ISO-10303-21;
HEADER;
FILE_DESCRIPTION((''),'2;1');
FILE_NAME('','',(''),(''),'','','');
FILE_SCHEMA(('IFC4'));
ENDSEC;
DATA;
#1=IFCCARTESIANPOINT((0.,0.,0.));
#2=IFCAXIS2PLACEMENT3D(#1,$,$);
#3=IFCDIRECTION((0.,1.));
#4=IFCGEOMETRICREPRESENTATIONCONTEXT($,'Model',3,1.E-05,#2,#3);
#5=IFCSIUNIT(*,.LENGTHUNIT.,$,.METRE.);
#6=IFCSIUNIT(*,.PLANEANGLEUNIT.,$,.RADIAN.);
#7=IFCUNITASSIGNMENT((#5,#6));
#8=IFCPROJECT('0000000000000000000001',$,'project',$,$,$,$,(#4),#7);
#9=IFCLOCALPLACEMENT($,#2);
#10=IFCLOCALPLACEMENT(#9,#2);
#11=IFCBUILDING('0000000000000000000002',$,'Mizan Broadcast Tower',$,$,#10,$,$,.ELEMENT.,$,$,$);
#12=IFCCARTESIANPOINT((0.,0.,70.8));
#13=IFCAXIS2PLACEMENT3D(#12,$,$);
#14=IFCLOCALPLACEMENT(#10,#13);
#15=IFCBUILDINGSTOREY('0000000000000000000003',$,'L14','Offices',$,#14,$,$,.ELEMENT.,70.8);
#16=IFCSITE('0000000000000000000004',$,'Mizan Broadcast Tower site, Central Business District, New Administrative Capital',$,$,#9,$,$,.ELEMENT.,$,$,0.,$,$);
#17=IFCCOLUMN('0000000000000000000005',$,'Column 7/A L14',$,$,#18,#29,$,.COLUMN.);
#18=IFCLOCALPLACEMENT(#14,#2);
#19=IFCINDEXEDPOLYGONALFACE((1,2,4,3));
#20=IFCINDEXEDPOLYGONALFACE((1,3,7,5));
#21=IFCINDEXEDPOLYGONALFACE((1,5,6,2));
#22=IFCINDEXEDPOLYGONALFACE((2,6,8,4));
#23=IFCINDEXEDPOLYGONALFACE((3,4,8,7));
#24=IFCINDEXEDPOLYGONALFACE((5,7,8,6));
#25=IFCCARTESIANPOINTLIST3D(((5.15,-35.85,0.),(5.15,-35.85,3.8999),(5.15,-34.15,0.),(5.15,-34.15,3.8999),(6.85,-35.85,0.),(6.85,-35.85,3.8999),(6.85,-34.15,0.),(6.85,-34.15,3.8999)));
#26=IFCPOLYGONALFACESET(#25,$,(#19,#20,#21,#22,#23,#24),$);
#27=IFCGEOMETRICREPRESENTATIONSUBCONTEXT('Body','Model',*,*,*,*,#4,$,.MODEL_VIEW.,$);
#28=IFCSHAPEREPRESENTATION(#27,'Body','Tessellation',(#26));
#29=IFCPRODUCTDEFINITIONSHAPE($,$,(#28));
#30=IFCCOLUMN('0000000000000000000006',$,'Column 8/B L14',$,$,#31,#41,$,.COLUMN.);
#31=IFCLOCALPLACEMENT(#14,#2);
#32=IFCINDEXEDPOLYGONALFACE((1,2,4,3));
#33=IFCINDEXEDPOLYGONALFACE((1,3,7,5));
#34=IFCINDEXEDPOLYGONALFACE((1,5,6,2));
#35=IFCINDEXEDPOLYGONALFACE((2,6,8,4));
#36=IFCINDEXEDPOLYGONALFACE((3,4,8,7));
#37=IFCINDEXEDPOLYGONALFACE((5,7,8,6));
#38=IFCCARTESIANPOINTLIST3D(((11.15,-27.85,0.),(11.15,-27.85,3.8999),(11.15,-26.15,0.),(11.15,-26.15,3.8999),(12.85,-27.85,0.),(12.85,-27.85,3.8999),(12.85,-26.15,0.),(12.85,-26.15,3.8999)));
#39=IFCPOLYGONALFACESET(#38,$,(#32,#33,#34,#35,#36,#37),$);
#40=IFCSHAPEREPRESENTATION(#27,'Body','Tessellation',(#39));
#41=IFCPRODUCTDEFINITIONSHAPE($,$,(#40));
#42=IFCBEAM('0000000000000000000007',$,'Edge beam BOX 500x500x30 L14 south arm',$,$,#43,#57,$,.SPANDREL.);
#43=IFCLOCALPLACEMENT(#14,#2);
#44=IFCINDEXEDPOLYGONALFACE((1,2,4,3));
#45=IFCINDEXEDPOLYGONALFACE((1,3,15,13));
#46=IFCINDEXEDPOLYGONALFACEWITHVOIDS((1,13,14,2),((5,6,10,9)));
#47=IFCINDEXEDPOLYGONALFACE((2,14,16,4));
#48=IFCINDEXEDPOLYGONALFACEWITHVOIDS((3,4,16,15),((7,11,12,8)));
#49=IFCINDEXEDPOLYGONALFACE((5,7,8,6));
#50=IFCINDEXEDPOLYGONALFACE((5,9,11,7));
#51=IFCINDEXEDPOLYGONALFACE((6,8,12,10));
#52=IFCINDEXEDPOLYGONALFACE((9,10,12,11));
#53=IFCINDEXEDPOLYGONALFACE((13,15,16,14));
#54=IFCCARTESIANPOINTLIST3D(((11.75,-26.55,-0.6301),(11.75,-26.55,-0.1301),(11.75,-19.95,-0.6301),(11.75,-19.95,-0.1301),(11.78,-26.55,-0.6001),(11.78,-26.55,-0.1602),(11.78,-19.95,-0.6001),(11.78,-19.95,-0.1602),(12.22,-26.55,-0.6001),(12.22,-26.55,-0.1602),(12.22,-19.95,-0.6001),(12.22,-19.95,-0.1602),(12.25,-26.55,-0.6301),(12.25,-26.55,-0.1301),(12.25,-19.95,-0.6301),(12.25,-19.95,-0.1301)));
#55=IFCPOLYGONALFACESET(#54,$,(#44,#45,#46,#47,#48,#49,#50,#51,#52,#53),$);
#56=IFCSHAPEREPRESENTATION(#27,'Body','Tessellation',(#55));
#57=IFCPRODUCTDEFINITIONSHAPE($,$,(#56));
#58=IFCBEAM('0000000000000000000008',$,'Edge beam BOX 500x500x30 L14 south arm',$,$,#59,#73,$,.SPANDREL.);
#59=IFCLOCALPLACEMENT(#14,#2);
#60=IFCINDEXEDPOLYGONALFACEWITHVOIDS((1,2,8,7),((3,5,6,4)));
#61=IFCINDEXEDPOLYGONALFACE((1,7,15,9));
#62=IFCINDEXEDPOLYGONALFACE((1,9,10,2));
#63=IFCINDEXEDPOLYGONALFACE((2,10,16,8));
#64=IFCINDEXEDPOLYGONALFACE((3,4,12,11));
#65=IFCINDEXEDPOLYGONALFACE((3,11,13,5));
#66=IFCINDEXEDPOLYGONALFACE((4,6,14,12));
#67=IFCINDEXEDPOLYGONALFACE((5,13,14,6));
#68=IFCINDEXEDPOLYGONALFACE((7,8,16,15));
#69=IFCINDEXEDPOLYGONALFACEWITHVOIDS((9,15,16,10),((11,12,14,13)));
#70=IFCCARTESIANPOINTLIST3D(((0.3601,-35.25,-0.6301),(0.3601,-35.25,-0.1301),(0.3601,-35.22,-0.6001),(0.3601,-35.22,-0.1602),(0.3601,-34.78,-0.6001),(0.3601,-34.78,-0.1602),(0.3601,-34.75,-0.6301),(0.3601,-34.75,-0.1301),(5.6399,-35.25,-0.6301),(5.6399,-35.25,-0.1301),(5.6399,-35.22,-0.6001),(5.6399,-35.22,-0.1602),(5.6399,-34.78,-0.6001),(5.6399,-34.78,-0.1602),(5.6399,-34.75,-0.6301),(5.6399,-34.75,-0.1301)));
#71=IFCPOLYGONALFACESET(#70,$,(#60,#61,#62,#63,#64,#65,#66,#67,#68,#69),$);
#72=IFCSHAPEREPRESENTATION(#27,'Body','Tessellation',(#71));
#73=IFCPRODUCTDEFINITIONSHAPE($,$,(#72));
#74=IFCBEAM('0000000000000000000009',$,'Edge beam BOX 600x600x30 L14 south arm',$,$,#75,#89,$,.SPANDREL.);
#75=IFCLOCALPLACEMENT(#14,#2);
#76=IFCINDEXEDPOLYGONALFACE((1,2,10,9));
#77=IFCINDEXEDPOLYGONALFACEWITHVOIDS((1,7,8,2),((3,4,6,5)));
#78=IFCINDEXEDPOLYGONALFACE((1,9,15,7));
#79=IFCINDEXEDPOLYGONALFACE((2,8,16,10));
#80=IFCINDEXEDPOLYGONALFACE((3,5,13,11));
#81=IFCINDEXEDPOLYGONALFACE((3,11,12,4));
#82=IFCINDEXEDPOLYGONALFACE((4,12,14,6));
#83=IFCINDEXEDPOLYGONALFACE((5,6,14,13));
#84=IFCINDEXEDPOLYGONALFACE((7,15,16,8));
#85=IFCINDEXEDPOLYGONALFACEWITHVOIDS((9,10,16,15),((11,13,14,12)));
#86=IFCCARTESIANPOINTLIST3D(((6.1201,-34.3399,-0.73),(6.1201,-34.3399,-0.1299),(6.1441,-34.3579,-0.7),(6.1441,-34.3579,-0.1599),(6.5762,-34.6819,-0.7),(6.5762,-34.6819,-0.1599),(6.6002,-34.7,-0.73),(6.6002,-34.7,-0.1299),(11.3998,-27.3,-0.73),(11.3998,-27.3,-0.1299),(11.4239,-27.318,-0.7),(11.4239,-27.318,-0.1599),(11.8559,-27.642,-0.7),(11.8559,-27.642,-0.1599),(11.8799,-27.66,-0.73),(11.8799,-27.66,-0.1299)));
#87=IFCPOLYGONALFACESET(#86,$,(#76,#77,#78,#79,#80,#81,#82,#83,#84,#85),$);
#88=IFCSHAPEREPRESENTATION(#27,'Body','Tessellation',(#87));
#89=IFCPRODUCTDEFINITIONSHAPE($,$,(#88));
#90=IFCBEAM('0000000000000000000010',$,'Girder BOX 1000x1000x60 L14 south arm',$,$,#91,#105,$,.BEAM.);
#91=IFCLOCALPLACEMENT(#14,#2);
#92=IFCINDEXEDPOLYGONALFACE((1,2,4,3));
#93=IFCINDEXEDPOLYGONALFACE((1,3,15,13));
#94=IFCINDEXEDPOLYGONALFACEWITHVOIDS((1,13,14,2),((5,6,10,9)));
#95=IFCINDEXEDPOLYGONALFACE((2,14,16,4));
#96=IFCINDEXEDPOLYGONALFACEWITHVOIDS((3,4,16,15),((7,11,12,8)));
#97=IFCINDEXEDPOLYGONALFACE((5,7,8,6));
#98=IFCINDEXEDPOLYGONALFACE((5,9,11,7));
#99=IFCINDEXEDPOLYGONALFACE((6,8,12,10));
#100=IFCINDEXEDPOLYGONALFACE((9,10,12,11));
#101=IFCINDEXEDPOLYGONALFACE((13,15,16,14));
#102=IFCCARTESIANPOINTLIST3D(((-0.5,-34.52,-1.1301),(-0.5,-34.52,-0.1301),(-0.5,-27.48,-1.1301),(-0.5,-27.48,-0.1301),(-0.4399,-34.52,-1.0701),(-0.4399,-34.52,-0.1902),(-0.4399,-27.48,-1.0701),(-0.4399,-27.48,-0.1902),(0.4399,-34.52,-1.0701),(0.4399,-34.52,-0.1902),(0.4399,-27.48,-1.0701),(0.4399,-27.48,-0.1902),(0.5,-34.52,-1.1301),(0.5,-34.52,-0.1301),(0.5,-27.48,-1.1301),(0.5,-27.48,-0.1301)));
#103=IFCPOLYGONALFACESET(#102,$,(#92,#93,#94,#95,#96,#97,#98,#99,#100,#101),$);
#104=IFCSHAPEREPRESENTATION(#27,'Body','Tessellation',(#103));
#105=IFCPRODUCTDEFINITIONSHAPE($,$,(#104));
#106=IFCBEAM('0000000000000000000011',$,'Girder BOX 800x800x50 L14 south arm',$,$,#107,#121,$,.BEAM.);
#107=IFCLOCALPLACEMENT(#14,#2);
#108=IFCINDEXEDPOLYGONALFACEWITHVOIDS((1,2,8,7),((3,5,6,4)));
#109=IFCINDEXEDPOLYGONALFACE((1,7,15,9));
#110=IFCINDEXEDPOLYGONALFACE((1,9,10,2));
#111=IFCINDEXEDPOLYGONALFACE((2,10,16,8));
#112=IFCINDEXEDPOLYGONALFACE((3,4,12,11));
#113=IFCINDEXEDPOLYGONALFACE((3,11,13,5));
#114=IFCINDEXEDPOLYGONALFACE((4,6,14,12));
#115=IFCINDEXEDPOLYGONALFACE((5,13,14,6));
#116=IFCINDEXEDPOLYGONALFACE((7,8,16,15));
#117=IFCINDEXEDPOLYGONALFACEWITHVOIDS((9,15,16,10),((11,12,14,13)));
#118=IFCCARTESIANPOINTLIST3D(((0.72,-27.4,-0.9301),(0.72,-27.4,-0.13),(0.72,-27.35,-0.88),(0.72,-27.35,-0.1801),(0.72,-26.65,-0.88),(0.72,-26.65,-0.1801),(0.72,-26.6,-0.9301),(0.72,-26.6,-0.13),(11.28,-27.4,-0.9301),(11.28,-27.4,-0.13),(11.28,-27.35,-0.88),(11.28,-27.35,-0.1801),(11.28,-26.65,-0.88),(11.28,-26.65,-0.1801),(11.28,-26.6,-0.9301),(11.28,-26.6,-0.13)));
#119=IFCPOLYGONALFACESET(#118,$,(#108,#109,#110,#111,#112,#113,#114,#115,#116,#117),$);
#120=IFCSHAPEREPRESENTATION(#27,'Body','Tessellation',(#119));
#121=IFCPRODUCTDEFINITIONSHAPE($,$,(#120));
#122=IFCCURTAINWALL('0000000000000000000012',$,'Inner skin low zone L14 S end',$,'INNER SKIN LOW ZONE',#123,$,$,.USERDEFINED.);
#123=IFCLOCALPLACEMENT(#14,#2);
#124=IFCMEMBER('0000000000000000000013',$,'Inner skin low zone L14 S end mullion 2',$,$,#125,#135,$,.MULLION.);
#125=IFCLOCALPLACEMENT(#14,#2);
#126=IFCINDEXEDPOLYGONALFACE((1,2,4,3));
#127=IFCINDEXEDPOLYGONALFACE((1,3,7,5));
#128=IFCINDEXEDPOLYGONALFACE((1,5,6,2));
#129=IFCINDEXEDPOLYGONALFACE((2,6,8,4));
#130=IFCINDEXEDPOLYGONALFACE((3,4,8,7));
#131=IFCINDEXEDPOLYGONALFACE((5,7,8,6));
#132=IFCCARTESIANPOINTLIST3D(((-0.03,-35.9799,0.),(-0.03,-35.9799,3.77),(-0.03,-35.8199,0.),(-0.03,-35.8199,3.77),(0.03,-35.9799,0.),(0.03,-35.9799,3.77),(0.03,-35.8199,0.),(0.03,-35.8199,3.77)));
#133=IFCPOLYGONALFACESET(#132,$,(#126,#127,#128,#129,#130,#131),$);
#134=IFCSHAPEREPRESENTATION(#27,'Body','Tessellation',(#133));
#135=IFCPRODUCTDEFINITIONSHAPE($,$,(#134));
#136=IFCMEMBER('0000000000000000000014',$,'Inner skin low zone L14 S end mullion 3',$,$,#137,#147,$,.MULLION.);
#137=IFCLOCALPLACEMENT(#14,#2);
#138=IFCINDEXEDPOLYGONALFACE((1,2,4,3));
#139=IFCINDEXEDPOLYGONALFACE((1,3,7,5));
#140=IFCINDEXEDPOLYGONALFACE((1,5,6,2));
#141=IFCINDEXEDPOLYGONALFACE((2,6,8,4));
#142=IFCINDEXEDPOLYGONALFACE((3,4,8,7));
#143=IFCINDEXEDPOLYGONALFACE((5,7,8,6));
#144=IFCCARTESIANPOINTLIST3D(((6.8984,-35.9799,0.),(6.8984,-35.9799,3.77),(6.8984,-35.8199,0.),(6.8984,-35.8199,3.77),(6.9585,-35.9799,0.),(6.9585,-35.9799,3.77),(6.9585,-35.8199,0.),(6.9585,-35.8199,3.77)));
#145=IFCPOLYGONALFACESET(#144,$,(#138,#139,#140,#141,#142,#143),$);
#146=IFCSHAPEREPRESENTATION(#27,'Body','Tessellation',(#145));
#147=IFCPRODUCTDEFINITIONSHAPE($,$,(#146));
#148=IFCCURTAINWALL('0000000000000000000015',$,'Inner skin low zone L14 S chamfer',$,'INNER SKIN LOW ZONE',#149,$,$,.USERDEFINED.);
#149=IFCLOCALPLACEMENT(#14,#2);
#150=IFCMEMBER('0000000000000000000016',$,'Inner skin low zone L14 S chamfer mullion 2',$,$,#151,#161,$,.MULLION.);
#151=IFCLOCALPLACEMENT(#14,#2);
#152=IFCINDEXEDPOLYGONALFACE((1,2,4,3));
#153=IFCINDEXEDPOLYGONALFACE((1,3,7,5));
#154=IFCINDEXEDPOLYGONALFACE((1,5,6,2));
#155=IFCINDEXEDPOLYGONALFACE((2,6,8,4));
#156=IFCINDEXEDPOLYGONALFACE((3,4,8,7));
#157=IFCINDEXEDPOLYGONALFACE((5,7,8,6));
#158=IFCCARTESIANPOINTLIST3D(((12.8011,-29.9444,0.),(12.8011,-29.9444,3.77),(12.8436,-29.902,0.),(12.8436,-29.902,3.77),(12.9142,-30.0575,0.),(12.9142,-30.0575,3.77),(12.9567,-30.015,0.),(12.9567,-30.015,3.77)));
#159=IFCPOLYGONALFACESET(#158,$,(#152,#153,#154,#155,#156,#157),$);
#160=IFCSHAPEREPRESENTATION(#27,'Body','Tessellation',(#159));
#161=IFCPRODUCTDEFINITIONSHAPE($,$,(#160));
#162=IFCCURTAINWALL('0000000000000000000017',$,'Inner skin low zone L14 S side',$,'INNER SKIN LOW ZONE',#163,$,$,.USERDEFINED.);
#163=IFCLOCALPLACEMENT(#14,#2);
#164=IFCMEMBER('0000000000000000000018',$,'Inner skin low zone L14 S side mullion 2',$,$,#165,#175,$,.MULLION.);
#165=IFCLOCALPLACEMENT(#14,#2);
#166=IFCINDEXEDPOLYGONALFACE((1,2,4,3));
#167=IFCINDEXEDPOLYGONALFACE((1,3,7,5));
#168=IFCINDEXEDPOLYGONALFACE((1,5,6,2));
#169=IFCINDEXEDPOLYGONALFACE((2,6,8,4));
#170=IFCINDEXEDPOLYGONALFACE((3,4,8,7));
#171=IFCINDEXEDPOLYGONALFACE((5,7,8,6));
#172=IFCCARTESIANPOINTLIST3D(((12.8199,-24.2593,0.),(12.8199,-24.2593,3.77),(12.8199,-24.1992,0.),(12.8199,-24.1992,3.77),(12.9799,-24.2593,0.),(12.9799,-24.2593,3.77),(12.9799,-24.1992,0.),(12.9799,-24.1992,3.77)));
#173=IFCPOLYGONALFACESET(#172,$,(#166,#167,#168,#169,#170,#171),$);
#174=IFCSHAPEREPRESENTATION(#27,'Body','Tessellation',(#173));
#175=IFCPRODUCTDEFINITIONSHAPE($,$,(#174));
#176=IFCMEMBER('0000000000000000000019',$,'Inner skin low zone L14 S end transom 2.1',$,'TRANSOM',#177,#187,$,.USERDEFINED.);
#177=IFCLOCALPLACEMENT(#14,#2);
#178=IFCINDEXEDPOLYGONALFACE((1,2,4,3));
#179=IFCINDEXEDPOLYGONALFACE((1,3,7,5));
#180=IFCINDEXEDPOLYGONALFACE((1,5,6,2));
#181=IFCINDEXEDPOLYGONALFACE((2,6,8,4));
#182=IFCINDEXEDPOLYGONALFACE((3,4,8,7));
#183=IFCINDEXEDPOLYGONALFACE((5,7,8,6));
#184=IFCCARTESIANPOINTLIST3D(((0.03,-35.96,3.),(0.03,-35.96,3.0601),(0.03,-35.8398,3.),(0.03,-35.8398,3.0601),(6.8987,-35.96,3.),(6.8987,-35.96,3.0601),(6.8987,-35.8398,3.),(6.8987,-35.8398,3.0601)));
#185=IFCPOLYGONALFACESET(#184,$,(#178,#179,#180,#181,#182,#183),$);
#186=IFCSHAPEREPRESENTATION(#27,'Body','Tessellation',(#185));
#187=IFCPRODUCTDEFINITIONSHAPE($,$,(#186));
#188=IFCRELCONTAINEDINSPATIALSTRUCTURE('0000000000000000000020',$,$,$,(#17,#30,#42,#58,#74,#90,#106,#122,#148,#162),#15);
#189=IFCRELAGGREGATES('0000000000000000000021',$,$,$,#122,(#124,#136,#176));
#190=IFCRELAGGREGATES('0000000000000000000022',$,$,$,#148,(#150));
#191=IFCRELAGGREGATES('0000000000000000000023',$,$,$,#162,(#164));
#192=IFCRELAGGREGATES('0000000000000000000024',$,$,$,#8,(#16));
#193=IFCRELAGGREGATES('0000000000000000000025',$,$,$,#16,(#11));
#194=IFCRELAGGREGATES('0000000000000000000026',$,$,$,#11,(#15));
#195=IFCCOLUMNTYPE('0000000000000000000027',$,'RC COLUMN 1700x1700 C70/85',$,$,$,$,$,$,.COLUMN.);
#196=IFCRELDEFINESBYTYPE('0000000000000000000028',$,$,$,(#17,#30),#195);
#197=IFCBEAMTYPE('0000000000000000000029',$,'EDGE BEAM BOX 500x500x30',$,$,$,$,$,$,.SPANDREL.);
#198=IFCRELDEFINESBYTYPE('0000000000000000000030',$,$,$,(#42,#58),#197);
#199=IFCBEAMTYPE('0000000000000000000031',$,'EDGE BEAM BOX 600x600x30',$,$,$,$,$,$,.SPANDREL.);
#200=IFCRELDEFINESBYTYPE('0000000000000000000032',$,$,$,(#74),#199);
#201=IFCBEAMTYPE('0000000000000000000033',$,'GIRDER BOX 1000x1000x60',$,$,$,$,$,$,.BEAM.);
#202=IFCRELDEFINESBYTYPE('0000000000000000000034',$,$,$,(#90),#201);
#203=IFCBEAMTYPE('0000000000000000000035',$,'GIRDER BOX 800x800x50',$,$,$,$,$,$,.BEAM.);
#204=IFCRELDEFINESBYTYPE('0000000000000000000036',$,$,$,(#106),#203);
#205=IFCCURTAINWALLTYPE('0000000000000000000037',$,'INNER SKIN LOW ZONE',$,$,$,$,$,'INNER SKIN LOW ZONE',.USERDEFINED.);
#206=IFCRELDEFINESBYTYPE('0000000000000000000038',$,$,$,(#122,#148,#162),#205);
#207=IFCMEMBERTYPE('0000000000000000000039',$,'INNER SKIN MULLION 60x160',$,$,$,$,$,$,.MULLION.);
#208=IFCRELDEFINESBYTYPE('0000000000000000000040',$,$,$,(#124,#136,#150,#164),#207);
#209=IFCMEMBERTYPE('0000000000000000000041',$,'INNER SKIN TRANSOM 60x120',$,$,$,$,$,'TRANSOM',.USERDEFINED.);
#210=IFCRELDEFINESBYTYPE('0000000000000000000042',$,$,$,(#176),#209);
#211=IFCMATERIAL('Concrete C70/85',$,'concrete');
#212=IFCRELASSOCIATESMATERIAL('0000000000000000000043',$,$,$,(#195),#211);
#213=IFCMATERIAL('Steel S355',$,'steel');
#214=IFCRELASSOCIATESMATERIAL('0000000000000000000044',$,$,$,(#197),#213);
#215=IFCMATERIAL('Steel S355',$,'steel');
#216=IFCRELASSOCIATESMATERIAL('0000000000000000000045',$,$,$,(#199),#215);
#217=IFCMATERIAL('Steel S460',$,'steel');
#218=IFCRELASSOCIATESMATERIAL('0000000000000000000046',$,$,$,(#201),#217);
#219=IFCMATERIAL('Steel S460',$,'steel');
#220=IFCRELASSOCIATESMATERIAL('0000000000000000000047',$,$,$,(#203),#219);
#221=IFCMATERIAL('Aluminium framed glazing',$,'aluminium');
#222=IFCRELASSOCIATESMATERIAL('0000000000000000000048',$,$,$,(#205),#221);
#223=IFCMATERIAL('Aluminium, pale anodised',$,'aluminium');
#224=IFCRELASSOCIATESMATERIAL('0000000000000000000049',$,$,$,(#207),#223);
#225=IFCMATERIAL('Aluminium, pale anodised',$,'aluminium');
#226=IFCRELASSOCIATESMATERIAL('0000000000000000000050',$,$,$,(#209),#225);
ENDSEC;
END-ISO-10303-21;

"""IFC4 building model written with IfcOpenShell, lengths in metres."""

from ifc_helpers import new_model, si_unit, direction, frame, origin, origin_2d, place, context, subcontext, project, spatial, rectangle, hollow_rectangle, extrude, material, material_profile, profile_set, type_object, element, aggregate, save


model = new_model("IFC4")

# Units and contexts
model_context = context("Model", 3, precision=1e-05, world=origin(), true_north=direction((0.0, 1.0)))
body_context = subcontext(model_context, "Body", "Model", "MODEL_VIEW")
ifc_project = project(units=[si_unit("LENGTHUNIT", "METRE"), si_unit("PLANEANGLEUNIT", "RADIAN")], contexts=[model_context])

# Site, building, storey
site_placement = place(None, origin())
site = spatial("IfcSite", under=ifc_project, at=site_placement, Name="Mizan Broadcast Tower site, Central Business District, New Administrative Capital", CompositionType="ELEMENT", RefElevation=0.0)
building_placement = place(site_placement, origin())
building = spatial("IfcBuilding", under=site, at=building_placement, Name="Mizan Broadcast Tower", CompositionType="ELEMENT")
storey_placement = place(building_placement, frame((0.0, 0.0, 70.8)))
storey = spatial("IfcBuildingStorey", under=building, at=storey_placement, Name="L14", Description="Offices", CompositionType="ELEMENT", Elevation=70.8)

# Columns
ifc_material_1 = material(Name="Concrete C70/85", Category="concrete")
ifc_material_profile_1 = material_profile(ifc_material_1, rectangle(XDim=1.7, YDim=1.7, at=origin_2d()), Name="RC 1700x1700")
ifc_profile_set_1 = profile_set([ifc_material_profile_1], Name="Concrete C70/85")
column_type = type_object("IfcColumnType", Name="RC COLUMN 1700x1700 C70/85", PredefinedType="COLUMN", material=ifc_profile_set_1)
for number, where, z_axis, x_axis, name in (
    (1, (6.0, -35.0, 0.0), (0.0, 0.0, 1.0), (1.0, 0.0, 0.0), "Column 7/A L14"),
    (2, (12.0, -27.0, 0.0), (0.0, 0.0, 1.0), (1.0, 0.0, 0.0), "Column 8/B L14"),
):
    element("IfcColumn", number, at=place(storey_placement, frame(where, z_axis=z_axis, x_axis=x_axis)), inside=storey, type_object=column_type, Name=name, PredefinedType="COLUMN", context=body_context, shape_type="SweptSolid", body=[
        extrude(rectangle(XDim=1.7, YDim=1.7, at=origin_2d()), origin(), (0.0, 0.0, 1.0), 3.8999),
    ])

# Beams
ifc_material_2 = material(Name="Steel S355", Category="steel")
ifc_material_profile_2 = material_profile(ifc_material_2, hollow_rectangle(XDim=0.5, YDim=0.5, WallThickness=0.03, at=origin_2d()), Name="BOX 500x500x30")
ifc_profile_set_2 = profile_set([ifc_material_profile_2], Name="Steel S355")
beam_type_1 = type_object("IfcBeamType", Name="EDGE BEAM BOX 500x500x30", PredefinedType="SPANDREL", material=ifc_profile_set_2)
beam_1_placement = place(storey_placement, frame((12.0, -19.95, -0.3801), z_axis=(0.0, -1.0, 0.0), x_axis=(1.0, 0.0, 0.0)))
element("IfcBeam", 3, at=beam_1_placement, inside=storey, type_object=beam_type_1, Name="Edge beam BOX 500x500x30 L14 south arm", PredefinedType="SPANDREL", context=body_context, shape_type="SweptSolid", body=[
    extrude(hollow_rectangle(XDim=0.5, YDim=0.5, WallThickness=0.03, at=origin_2d()), origin(), (0.0, 0.0, 1.0), 6.6001),
])
beam_2_placement = place(storey_placement, frame((5.6399, -35.0, -0.3801), z_axis=(-1.0, 0.0, 0.0), x_axis=(0.0, -1.0, 0.0)))
element("IfcBeam", 4, at=beam_2_placement, inside=storey, type_object=beam_type_1, Name="Edge beam BOX 500x500x30 L14 south arm", PredefinedType="SPANDREL", context=body_context, shape_type="SweptSolid", body=[
    extrude(hollow_rectangle(XDim=0.5, YDim=0.5, WallThickness=0.03, at=origin_2d()), origin(), (0.0, 0.0, 1.0), 5.2798),
])
ifc_material_3 = material(Name="Steel S355", Category="steel")
ifc_material_profile_3 = material_profile(ifc_material_3, hollow_rectangle(XDim=0.6001, YDim=0.6001, WallThickness=0.03, at=origin_2d()), Name="BOX 600x600x30")
ifc_profile_set_3 = profile_set([ifc_material_profile_3], Name="Steel S355")
beam_type_2 = type_object("IfcBeamType", Name="EDGE BEAM BOX 600x600x30", PredefinedType="SPANDREL", material=ifc_profile_set_3)
beam_3_placement = place(storey_placement, frame((11.6399, -27.48, -0.4299), z_axis=(-0.599982, -0.800013, 0.0), x_axis=(0.800013, -0.599982, 0.0)))
element("IfcBeam", 5, at=beam_3_placement, inside=storey, type_object=beam_type_2, Name="Edge beam BOX 600x600x30 L14 south arm", PredefinedType="SPANDREL", context=body_context, shape_type="SweptSolid", body=[
    extrude(hollow_rectangle(XDim=0.6001, YDim=0.6001, WallThickness=0.03, at=origin_2d()), origin(), (0.0, 0.0, 1.0), 8.7998),
])
ifc_material_4 = material(Name="Steel S460", Category="steel")
ifc_material_profile_4 = material_profile(ifc_material_4, hollow_rectangle(XDim=1.0, YDim=1.0, WallThickness=0.0601, at=origin_2d()), Name="BOX 1000x1000x60")
ifc_profile_set_4 = profile_set([ifc_material_profile_4], Name="Steel S460")
beam_type_3 = type_object("IfcBeamType", Name="GIRDER BOX 1000x1000x60", PredefinedType="BEAM", material=ifc_profile_set_4)
beam_4_placement = place(storey_placement, frame((0.0, -27.48, -0.6301), z_axis=(0.0, -1.0, 0.0), x_axis=(1.0, 0.0, 0.0)))
element("IfcBeam", 6, at=beam_4_placement, inside=storey, type_object=beam_type_3, Name="Girder BOX 1000x1000x60 L14 south arm", PredefinedType="BEAM", context=body_context, shape_type="SweptSolid", body=[
    extrude(hollow_rectangle(XDim=1.0, YDim=1.0, WallThickness=0.0601, at=origin_2d()), origin(), (0.0, 0.0, 1.0), 7.04),
])
ifc_material_5 = material(Name="Steel S460", Category="steel")
ifc_material_profile_5 = material_profile(ifc_material_5, hollow_rectangle(XDim=0.8, YDim=0.8, WallThickness=0.05, at=origin_2d()), Name="BOX 800x800x50")
ifc_profile_set_5 = profile_set([ifc_material_profile_5], Name="Steel S460")
beam_type_4 = type_object("IfcBeamType", Name="GIRDER BOX 800x800x50", PredefinedType="BEAM", material=ifc_profile_set_5)
beam_5_placement = place(storey_placement, frame((11.28, -27.0, -0.53), z_axis=(-1.0, 0.0, 0.0), x_axis=(0.0, -1.0, 0.0)))
element("IfcBeam", 7, at=beam_5_placement, inside=storey, type_object=beam_type_4, Name="Girder BOX 800x800x50 L14 south arm", PredefinedType="BEAM", context=body_context, shape_type="SweptSolid", body=[
    extrude(hollow_rectangle(XDim=0.8, YDim=0.8, WallThickness=0.05, at=origin_2d()), origin(), (0.0, 0.0, 1.0), 10.5601),
])

# Curtain wall, members
ifc_material_6 = material(Name="Aluminium framed glazing", Category="aluminium")
curtain_wall_type_1 = type_object("IfcCurtainWallType", Name="INNER SKIN LOW ZONE", ElementType="INNER SKIN LOW ZONE", PredefinedType="USERDEFINED", material=ifc_material_6)
curtain_wall_1_placement = place(storey_placement, origin())
curtain_wall_1 = element("IfcCurtainWall", 8, at=curtain_wall_1_placement, inside=storey, type_object=curtain_wall_type_1, Name="Inner skin low zone L14 S end", ObjectType="INNER SKIN LOW ZONE", PredefinedType="USERDEFINED")
ifc_material_7 = material(Name="Aluminium, pale anodised", Category="aluminium")
ifc_material_profile_6 = material_profile(ifc_material_7, rectangle(XDim=0.1599, YDim=0.0601, at=origin_2d()), Name="MULLION 160x60")
ifc_profile_set_6 = profile_set([ifc_material_profile_6], Name="Aluminium, pale anodised")
member_type_1 = type_object("IfcMemberType", Name="INNER SKIN MULLION 60x160", PredefinedType="MULLION", material=ifc_profile_set_6)
member_1_placement = place(storey_placement, frame((0.0, -35.8999, 0.0), z_axis=(0.0, 0.0, 1.0), x_axis=(0.0, 1.0, 0.0)))
member_1 = element("IfcMember", 9, at=member_1_placement, type_object=member_type_1, Name="Inner skin low zone L14 S end mullion 2", PredefinedType="MULLION", context=body_context, shape_type="SweptSolid", body=[
    extrude(rectangle(XDim=0.1599, YDim=0.0601, at=origin_2d()), origin(), (0.0, 0.0, 1.0), 3.77),
])
member_2_placement = place(storey_placement, frame((6.9285, -35.8999, 0.0), z_axis=(0.0, 0.0, 1.0), x_axis=(0.0, 1.0, 0.0)))
member_2 = element("IfcMember", 10, at=member_2_placement, type_object=member_type_1, Name="Inner skin low zone L14 S end mullion 3", PredefinedType="MULLION", context=body_context, shape_type="SweptSolid", body=[
    extrude(rectangle(XDim=0.1599, YDim=0.0601, at=origin_2d()), origin(), (0.0, 0.0, 1.0), 3.77),
])

# Curtain walls, members
curtain_wall_2_placement = place(storey_placement, origin())
curtain_wall_2 = element("IfcCurtainWall", 11, at=curtain_wall_2_placement, inside=storey, type_object=curtain_wall_type_1, Name="Inner skin low zone L14 S chamfer", ObjectType="INNER SKIN LOW ZONE", PredefinedType="USERDEFINED")
member_3_placement = place(storey_placement, frame((12.8789, -29.9797, 0.0), z_axis=(0.0, 0.0, 1.0), x_axis=(-0.707107, 0.707107, 0.0)))
member_3 = element("IfcMember", 12, at=member_3_placement, type_object=member_type_1, Name="Inner skin low zone L14 S chamfer mullion 2", PredefinedType="MULLION", context=body_context, shape_type="SweptSolid", body=[
    extrude(rectangle(XDim=0.1599, YDim=0.0601, at=origin_2d()), origin(), (0.0, 0.0, 1.0), 3.77),
])
curtain_wall_3_placement = place(storey_placement, origin())
curtain_wall_3 = element("IfcCurtainWall", 13, at=curtain_wall_3_placement, inside=storey, type_object=curtain_wall_type_1, Name="Inner skin low zone L14 S side", ObjectType="INNER SKIN LOW ZONE", PredefinedType="USERDEFINED")
member_4_placement = place(storey_placement, frame((12.8999, -24.2292, 0.0), z_axis=(0.0, 0.0, 1.0), x_axis=(-1.0, 0.0, 0.0)))
member_4 = element("IfcMember", 14, at=member_4_placement, type_object=member_type_1, Name="Inner skin low zone L14 S side mullion 2", PredefinedType="MULLION", context=body_context, shape_type="SweptSolid", body=[
    extrude(rectangle(XDim=0.1599, YDim=0.0601, at=origin_2d()), origin(), (0.0, 0.0, 1.0), 3.77),
])

# Member
ifc_material_8 = material(Name="Aluminium, pale anodised", Category="aluminium")
ifc_material_profile_7 = material_profile(ifc_material_8, rectangle(XDim=0.1201, YDim=0.0601, at=origin_2d()), Name="TRANSOM 120x60")
ifc_profile_set_7 = profile_set([ifc_material_profile_7], Name="Aluminium, pale anodised")
member_type_2 = type_object("IfcMemberType", Name="INNER SKIN TRANSOM 60x120", ElementType="TRANSOM", PredefinedType="USERDEFINED", material=ifc_profile_set_7)
member_5_placement = place(storey_placement, frame((0.03, -35.8999, 3.03), z_axis=(1.0, 0.0, 0.0), x_axis=(0.0, 1.0, 0.0)))
member_5 = element("IfcMember", 15, at=member_5_placement, type_object=member_type_2, Name="Inner skin low zone L14 S end transom 2.1", ObjectType="TRANSOM", PredefinedType="USERDEFINED", context=body_context, shape_type="SweptSolid", body=[
    extrude(rectangle(XDim=0.1201, YDim=0.0601, at=origin_2d()), origin(), (0.0, 0.0, 1.0), 6.8687),
])

aggregate(curtain_wall_1, [member_1, member_2, member_5])
aggregate(curtain_wall_2, [member_3])
aggregate(curtain_wall_3, [member_4])

save(model, "model.ifc")
